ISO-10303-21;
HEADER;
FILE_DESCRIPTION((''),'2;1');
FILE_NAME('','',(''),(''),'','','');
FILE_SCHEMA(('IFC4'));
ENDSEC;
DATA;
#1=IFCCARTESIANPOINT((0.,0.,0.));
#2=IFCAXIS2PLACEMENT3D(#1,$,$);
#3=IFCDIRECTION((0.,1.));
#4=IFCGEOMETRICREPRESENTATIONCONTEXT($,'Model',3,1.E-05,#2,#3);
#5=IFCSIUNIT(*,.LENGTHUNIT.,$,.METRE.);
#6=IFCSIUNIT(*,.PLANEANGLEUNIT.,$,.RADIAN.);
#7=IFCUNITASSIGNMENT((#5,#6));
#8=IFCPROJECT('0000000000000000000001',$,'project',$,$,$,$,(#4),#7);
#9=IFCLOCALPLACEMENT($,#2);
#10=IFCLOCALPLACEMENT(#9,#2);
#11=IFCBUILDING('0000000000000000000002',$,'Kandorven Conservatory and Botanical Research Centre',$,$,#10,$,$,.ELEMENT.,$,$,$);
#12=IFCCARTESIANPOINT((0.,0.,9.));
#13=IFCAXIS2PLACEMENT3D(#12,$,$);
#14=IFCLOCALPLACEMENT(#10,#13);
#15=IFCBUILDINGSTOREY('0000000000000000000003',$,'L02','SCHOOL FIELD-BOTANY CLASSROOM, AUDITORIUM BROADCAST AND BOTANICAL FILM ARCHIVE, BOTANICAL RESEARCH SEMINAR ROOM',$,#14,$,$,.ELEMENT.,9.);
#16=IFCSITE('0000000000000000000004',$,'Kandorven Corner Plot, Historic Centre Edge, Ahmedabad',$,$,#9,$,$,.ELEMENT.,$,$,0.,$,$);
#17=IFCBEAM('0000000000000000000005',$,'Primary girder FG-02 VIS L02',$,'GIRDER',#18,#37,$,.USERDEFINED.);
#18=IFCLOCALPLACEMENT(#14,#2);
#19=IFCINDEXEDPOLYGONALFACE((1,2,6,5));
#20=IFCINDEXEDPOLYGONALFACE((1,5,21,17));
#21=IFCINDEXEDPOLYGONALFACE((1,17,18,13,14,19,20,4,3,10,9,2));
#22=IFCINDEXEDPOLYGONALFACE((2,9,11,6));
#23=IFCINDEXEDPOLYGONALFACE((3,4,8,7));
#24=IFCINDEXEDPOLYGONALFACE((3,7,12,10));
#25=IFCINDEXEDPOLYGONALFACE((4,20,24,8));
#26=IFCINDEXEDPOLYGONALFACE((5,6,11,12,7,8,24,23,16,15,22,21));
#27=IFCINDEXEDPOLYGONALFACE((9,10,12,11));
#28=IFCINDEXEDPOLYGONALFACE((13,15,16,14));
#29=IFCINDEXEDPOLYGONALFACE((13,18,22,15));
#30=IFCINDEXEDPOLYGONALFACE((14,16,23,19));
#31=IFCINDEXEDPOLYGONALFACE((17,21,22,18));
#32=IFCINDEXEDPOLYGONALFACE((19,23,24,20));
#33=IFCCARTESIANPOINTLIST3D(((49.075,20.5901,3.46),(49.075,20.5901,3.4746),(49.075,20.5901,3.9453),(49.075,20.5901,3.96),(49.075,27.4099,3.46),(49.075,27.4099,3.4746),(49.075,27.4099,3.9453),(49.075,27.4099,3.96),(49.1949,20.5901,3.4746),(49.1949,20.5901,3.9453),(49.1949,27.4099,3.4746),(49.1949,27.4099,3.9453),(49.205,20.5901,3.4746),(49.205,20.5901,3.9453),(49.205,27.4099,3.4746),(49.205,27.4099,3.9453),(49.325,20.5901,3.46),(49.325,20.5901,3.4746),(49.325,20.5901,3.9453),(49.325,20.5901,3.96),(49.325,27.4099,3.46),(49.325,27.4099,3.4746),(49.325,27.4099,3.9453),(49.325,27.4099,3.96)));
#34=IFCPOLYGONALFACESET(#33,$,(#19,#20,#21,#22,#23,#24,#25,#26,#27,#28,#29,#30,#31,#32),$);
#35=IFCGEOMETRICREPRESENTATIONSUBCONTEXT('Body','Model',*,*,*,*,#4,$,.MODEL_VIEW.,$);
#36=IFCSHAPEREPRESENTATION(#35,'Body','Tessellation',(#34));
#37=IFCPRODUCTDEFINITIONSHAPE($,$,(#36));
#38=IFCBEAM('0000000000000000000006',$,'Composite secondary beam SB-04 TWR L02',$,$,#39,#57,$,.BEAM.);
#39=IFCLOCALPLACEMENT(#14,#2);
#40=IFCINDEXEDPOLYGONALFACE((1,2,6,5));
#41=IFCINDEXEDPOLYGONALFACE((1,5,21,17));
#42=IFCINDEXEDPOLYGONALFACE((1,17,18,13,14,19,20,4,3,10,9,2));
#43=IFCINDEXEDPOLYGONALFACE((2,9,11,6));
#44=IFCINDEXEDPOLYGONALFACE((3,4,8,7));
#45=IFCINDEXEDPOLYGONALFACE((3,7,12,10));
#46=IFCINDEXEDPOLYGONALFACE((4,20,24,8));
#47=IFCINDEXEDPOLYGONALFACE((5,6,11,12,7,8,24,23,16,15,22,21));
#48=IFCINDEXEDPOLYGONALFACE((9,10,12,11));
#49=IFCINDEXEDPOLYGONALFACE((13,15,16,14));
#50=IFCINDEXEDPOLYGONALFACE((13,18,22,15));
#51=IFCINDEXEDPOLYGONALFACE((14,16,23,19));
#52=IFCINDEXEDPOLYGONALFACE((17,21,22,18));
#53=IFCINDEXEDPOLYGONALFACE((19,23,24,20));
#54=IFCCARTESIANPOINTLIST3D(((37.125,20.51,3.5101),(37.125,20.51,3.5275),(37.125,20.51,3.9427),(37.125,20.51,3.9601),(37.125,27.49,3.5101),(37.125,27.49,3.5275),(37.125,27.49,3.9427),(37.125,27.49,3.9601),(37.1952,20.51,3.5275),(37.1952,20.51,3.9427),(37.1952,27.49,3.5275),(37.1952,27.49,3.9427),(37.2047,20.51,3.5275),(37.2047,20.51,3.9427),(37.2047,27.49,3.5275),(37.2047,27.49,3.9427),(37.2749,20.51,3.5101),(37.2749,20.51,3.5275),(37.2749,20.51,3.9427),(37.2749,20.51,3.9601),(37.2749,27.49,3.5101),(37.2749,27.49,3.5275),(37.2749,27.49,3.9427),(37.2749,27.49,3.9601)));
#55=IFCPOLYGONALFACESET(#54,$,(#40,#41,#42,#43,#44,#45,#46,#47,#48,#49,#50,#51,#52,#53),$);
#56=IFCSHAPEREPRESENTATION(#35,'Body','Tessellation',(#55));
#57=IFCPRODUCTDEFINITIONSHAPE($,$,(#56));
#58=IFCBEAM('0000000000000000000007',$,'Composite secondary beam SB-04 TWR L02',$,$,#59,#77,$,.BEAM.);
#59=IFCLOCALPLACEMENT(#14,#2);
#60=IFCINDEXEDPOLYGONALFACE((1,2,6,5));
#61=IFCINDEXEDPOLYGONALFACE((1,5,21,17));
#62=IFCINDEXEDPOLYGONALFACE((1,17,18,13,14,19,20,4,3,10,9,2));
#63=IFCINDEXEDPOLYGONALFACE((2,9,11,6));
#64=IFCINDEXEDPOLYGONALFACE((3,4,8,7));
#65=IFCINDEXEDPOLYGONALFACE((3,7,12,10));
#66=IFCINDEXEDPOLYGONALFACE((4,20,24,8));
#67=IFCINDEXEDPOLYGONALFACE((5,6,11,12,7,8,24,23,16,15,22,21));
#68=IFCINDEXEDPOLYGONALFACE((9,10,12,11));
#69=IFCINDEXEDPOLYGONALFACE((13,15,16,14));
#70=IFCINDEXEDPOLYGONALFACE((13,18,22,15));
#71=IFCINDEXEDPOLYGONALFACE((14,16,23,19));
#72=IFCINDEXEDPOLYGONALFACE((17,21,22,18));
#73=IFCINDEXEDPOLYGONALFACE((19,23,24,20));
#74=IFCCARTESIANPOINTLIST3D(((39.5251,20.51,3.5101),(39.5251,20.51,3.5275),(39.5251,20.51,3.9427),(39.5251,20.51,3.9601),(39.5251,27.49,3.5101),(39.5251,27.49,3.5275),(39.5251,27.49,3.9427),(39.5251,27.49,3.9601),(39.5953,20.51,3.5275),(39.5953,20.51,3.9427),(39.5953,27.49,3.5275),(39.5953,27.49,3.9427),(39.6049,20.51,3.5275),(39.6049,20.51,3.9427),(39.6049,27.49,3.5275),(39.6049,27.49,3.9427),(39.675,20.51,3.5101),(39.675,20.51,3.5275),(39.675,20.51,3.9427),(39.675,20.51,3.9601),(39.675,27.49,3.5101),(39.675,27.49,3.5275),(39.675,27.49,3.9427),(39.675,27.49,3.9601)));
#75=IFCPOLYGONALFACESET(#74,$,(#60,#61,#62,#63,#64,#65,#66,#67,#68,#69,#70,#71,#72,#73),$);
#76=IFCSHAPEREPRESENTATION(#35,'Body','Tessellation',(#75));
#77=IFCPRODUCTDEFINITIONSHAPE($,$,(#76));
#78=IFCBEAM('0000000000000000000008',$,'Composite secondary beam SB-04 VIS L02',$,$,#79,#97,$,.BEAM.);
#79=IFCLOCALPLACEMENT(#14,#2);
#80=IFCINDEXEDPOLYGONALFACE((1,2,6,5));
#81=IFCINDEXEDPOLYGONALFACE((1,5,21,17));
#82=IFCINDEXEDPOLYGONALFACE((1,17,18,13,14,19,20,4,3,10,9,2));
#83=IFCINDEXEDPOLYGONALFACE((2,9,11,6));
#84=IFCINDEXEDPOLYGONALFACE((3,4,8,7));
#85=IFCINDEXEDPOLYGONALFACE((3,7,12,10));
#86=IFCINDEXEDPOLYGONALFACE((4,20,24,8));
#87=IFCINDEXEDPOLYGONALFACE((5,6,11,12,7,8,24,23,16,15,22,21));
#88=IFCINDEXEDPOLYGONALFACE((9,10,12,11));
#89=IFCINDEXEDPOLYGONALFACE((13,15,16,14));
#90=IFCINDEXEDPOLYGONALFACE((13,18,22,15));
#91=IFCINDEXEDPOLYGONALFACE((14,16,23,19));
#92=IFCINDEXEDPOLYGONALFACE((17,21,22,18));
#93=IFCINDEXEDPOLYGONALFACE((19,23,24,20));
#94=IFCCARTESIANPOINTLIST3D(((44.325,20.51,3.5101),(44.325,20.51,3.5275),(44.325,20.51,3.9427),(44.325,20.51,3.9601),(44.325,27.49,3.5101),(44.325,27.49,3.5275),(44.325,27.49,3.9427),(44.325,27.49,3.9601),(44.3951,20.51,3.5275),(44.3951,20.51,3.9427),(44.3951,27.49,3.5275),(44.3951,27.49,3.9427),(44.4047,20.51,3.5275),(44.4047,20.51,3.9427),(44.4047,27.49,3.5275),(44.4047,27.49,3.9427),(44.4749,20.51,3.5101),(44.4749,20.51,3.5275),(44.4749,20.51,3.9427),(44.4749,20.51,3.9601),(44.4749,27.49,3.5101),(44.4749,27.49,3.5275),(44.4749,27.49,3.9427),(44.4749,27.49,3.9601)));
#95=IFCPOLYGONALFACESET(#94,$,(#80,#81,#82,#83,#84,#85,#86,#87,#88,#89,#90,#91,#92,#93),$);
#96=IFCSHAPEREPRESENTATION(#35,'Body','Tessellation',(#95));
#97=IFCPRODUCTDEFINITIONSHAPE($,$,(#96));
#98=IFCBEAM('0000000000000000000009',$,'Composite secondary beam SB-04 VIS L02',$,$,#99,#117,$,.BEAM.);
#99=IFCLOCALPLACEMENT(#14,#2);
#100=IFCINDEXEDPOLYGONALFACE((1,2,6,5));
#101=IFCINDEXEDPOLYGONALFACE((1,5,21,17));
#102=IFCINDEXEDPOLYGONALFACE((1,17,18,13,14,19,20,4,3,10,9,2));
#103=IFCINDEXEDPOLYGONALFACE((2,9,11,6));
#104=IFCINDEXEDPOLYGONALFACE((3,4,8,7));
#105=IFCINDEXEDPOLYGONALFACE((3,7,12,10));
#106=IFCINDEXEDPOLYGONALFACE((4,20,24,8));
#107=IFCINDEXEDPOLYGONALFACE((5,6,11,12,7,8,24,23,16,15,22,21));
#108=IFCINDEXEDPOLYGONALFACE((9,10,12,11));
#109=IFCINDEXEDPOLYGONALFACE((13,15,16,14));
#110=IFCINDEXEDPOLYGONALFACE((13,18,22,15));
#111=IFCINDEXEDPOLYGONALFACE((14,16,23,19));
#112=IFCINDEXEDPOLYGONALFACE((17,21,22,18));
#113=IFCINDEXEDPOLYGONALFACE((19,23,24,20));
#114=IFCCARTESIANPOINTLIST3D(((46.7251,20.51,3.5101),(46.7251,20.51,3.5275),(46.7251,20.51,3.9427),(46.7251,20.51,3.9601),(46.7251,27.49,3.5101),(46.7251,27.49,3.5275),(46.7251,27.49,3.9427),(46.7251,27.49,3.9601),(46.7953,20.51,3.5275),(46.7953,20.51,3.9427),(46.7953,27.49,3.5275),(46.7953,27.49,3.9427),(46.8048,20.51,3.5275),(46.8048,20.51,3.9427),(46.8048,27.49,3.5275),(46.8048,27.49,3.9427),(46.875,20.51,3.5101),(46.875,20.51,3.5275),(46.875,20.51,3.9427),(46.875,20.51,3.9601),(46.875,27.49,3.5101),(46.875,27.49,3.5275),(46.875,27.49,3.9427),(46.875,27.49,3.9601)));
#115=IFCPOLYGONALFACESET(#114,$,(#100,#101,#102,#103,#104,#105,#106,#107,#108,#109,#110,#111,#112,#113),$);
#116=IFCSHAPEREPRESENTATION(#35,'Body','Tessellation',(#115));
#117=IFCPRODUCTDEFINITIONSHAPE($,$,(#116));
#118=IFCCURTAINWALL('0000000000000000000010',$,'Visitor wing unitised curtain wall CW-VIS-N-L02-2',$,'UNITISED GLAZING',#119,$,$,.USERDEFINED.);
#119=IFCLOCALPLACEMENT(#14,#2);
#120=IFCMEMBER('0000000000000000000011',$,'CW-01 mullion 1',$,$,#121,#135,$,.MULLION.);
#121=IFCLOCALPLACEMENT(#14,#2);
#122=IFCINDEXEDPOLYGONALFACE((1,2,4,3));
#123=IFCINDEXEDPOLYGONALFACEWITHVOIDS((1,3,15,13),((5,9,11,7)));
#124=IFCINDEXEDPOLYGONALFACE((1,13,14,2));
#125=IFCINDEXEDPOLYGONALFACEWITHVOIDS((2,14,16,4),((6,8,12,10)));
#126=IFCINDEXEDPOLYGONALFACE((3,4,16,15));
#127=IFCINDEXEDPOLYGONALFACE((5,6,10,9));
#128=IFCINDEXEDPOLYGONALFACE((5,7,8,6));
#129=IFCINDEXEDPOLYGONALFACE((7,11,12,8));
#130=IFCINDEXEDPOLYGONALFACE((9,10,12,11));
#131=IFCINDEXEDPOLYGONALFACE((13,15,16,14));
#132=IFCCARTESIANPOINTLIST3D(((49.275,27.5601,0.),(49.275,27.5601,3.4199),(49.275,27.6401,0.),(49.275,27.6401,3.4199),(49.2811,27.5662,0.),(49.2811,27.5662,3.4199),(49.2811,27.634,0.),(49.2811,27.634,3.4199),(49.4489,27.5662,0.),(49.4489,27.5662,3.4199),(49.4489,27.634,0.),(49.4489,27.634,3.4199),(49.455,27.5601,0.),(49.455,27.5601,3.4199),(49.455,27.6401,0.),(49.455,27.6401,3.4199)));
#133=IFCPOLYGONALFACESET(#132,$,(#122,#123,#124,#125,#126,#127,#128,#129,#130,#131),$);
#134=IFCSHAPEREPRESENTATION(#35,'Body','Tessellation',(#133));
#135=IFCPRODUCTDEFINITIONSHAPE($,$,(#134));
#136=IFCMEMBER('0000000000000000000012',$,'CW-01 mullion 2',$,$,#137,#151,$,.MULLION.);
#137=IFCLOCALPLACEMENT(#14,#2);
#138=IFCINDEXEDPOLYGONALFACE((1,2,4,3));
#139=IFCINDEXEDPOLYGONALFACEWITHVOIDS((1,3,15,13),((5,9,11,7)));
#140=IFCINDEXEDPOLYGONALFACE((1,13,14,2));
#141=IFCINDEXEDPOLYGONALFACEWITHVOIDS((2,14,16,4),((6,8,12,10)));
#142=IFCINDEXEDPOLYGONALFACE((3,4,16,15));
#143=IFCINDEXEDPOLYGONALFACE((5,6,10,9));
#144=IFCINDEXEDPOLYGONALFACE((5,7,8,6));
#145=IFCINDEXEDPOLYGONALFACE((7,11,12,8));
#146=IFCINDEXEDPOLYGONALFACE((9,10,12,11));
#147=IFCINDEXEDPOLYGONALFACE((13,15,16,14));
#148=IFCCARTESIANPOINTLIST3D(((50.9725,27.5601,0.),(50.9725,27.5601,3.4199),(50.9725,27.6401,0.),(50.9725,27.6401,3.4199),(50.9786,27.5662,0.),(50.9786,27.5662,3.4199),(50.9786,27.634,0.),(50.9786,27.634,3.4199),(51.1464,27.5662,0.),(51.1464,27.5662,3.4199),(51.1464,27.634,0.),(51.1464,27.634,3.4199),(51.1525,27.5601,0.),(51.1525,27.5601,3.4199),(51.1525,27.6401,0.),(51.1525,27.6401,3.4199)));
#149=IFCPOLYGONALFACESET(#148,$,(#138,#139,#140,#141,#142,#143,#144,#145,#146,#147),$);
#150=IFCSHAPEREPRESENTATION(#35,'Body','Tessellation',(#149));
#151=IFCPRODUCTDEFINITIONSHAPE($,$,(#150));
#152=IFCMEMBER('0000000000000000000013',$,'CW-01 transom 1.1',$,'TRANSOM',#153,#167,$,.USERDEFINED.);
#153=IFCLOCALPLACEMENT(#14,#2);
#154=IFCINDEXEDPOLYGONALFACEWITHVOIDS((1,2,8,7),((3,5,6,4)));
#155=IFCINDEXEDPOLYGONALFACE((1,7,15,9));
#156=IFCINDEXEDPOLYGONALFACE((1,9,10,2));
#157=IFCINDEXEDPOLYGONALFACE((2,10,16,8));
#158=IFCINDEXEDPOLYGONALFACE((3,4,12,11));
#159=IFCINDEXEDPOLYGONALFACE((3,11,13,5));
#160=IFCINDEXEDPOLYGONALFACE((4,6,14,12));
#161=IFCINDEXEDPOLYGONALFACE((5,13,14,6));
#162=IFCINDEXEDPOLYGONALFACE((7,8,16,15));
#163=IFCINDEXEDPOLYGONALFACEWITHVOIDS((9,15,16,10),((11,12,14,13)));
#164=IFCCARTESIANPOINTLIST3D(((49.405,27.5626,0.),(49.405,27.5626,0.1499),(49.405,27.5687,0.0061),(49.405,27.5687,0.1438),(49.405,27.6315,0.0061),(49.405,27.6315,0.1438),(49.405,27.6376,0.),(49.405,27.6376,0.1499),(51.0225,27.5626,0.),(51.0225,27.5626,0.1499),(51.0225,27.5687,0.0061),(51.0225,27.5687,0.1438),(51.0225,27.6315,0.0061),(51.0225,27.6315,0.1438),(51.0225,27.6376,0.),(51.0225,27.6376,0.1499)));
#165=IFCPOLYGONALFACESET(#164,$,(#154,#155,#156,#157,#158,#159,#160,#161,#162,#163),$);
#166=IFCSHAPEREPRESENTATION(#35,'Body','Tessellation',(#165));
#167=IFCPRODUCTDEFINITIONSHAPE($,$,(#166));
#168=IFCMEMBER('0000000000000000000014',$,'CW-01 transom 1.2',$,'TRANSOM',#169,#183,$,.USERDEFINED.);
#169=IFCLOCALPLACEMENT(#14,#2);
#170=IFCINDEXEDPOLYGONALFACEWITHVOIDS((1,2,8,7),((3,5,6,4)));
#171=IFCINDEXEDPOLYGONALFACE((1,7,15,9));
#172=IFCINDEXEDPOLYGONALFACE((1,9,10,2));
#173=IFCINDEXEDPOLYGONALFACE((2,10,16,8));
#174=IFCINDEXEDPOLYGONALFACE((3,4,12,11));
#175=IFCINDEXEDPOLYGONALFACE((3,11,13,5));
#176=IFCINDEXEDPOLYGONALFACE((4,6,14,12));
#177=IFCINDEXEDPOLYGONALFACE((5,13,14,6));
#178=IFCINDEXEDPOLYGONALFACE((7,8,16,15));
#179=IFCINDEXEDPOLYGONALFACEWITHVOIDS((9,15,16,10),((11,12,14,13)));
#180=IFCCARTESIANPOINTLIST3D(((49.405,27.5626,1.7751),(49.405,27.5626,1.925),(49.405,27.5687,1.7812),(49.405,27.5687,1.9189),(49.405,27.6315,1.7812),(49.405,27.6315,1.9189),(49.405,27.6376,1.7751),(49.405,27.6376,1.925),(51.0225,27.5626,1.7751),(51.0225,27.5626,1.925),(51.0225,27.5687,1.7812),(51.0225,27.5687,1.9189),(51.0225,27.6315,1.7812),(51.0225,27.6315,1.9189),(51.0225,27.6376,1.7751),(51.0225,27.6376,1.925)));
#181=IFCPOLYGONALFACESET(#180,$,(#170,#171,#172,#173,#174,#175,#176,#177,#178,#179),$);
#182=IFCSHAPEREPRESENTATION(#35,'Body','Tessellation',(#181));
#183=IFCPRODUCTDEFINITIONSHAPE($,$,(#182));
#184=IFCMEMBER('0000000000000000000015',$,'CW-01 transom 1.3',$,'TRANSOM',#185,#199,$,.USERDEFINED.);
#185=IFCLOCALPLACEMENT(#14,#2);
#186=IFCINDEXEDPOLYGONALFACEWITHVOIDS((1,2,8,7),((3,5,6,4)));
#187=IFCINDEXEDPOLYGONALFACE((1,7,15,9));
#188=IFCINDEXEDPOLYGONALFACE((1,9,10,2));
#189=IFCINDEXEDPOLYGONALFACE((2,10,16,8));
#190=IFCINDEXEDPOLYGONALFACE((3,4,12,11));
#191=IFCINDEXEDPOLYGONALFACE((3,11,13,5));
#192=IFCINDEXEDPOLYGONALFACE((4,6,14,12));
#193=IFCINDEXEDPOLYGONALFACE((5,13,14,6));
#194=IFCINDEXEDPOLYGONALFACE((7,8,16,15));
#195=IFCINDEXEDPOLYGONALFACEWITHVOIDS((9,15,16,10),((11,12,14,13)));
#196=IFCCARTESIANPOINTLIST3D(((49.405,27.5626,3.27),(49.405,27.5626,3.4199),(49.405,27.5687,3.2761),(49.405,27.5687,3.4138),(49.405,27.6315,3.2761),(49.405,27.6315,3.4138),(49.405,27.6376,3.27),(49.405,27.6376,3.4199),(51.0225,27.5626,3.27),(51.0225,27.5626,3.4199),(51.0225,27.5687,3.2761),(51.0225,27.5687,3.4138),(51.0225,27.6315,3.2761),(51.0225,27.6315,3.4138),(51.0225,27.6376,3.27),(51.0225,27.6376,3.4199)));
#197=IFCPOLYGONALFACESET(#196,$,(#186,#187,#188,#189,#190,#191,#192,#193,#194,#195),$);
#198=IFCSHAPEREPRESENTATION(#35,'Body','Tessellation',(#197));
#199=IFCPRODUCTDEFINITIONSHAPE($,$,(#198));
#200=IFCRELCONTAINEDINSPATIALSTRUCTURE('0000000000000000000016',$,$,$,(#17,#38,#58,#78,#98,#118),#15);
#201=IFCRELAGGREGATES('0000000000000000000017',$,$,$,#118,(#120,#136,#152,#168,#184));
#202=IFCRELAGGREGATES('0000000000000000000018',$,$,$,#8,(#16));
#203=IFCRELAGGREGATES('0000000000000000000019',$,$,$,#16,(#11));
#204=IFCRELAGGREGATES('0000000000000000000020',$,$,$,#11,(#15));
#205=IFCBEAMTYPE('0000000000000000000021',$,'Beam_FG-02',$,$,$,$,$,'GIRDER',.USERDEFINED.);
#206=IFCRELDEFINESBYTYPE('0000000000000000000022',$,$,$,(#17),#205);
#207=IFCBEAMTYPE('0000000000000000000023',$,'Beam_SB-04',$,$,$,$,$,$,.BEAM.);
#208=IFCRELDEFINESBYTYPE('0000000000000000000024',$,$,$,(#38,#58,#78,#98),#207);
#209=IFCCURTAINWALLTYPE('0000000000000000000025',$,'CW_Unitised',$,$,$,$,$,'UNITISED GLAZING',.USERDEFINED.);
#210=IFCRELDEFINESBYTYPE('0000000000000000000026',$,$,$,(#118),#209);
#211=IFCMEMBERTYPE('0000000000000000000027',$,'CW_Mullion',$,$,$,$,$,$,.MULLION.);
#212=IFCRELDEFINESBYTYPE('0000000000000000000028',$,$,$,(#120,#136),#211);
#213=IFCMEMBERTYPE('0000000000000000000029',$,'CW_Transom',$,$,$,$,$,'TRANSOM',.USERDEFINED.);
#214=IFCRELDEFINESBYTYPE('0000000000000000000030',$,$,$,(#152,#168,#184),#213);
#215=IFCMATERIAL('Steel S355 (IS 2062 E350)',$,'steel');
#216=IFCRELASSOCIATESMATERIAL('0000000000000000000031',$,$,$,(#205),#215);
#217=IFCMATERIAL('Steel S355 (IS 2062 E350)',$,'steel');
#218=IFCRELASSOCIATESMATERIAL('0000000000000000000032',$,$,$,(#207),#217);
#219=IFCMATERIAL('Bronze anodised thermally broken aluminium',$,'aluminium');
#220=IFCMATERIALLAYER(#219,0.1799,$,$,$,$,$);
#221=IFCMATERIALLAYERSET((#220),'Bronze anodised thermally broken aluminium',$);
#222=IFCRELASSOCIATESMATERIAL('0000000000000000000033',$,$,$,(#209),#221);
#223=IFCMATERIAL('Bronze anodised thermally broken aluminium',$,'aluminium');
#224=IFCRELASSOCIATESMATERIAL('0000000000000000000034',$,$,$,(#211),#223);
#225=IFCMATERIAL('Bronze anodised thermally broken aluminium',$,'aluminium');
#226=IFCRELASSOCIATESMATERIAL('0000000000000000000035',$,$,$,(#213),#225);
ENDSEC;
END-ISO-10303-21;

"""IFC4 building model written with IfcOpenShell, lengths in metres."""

from ifc_helpers import new_model, si_unit, direction, frame, origin, origin_2d, place, context, subcontext, project, spatial, hollow_rectangle, i_section, extrude, material, layer, layer_set, material_profile, profile_set, type_object, element, aggregate, save


model = new_model("IFC4")

# Units and contexts
model_context = context("Model", 3, precision=1e-05, world=origin(), true_north=direction((0.0, 1.0)))
body_context = subcontext(model_context, "Body", "Model", "MODEL_VIEW")
ifc_project = project(units=[si_unit("LENGTHUNIT", "METRE"), si_unit("PLANEANGLEUNIT", "RADIAN")], contexts=[model_context])

# Site, building, storey
site_placement = place(None, origin())
site = spatial("IfcSite", under=ifc_project, at=site_placement, Name="Kandorven Corner Plot, Historic Centre Edge, Ahmedabad", CompositionType="ELEMENT", RefElevation=0.0)
building_placement = place(site_placement, origin())
building = spatial("IfcBuilding", under=site, at=building_placement, Name="Kandorven Conservatory and Botanical Research Centre", CompositionType="ELEMENT")
storey_placement = place(building_placement, frame((0.0, 0.0, 9.0)))
storey = spatial("IfcBuildingStorey", under=building, at=storey_placement, Name="L02", Description="SCHOOL FIELD-BOTANY CLASSROOM, AUDITORIUM BROADCAST AND BOTANICAL FILM ARCHIVE, BOTANICAL RESEARCH SEMINAR ROOM", CompositionType="ELEMENT", Elevation=9.0)

# Beams
ifc_material_1 = material(Name="Steel S355 (IS 2062 E350)", Category="steel")
ifc_material_profile_1 = material_profile(ifc_material_1, i_section(OverallWidth=0.25, OverallDepth=0.5, WebThickness=0.01, FlangeThickness=0.0146, at=origin_2d()))
ifc_profile_set_1 = profile_set([ifc_material_profile_1], Name="Steel S355 (IS 2062 E350)")
beam_type_1 = type_object("IfcBeamType", Name="Beam_FG-02", ElementType="GIRDER", PredefinedType="USERDEFINED", material=ifc_profile_set_1)
beam_1_placement = place(storey_placement, frame((49.2, 20.5901, 3.71), z_axis=(0.0, 1.0, 0.0), x_axis=(-1.0, 0.0, 0.0)))
element("IfcBeam", 1, at=beam_1_placement, inside=storey, type_object=beam_type_1, Name="Primary girder FG-02 VIS L02", ObjectType="GIRDER", PredefinedType="USERDEFINED", context=body_context, shape_type="SweptSolid", body=[
    extrude(i_section(OverallWidth=0.25, OverallDepth=0.5, WebThickness=0.01, FlangeThickness=0.0146, at=origin_2d()), origin(), (0.0, 0.0, 1.0), 6.8198),
])
ifc_material_2 = material(Name="Steel S355 (IS 2062 E350)", Category="steel")
ifc_material_profile_2 = material_profile(ifc_material_2, i_section(OverallWidth=0.1499, OverallDepth=0.45, WebThickness=0.0095, FlangeThickness=0.0173, at=origin_2d()))
ifc_profile_set_2 = profile_set([ifc_material_profile_2], Name="Steel S355 (IS 2062 E350)")
beam_type_2 = type_object("IfcBeamType", Name="Beam_SB-04", PredefinedType="BEAM", material=ifc_profile_set_2)
for number, where, z_axis, x_axis, name in (
    (2, (37.2, 20.51, 3.7351), (0.0, 1.0, 0.0), (-1.0, 0.0, 0.0), "Composite secondary beam SB-04 TWR L02"),
    (3, (39.6001, 20.51, 3.7351), (0.0, 1.0, 0.0), (-1.0, 0.0, 0.0), "Composite secondary beam SB-04 TWR L02"),
    (4, (44.3999, 20.51, 3.7351), (0.0, 1.0, 0.0), (-1.0, 0.0, 0.0), "Composite secondary beam SB-04 VIS L02"),
    (5, (46.8, 20.51, 3.7351), (0.0, 1.0, 0.0), (-1.0, 0.0, 0.0), "Composite secondary beam SB-04 VIS L02"),
):
    element("IfcBeam", number, at=place(storey_placement, frame(where, z_axis=z_axis, x_axis=x_axis)), inside=storey, type_object=beam_type_2, Name=name, PredefinedType="BEAM", context=body_context, shape_type="SweptSolid", body=[
        extrude(i_section(OverallWidth=0.1499, OverallDepth=0.45, WebThickness=0.0095, FlangeThickness=0.0173, at=origin_2d()), origin(), (0.0, 0.0, 1.0), 6.98),
    ])

# Curtain wall, members
ifc_material_3 = material(Name="Bronze anodised thermally broken aluminium", Category="aluminium")
ifc_layer_1 = layer(ifc_material_3, 0.1799)
ifc_layer_set_1 = layer_set([ifc_layer_1], Name="Bronze anodised thermally broken aluminium")
curtain_wall_type = type_object("IfcCurtainWallType", Name="CW_Unitised", ElementType="UNITISED GLAZING", PredefinedType="USERDEFINED", material=ifc_layer_set_1)
curtain_wall_placement = place(storey_placement, origin())
curtain_wall = element("IfcCurtainWall", 6, at=curtain_wall_placement, inside=storey, type_object=curtain_wall_type, Name="Visitor wing unitised curtain wall CW-VIS-N-L02-2", ObjectType="UNITISED GLAZING", PredefinedType="USERDEFINED")
ifc_material_4 = material(Name="Bronze anodised thermally broken aluminium", Category="aluminium")
ifc_material_profile_3 = material_profile(ifc_material_4, hollow_rectangle(XDim=0.0801, YDim=0.1799, WallThickness=0.0061, at=origin_2d()))
ifc_profile_set_3 = profile_set([ifc_material_profile_3], Name="Bronze anodised thermally broken aluminium")
member_type_1 = type_object("IfcMemberType", Name="CW_Mullion", PredefinedType="MULLION", material=ifc_profile_set_3)
member_1_placement = place(storey_placement, frame((49.365, 27.6001, 0.0), z_axis=(0.0, 0.0, 1.0), x_axis=(0.0, 1.0, 0.0)))
member_1 = element("IfcMember", 7, at=member_1_placement, type_object=member_type_1, Name="CW-01 mullion 1", PredefinedType="MULLION", context=body_context, shape_type="SweptSolid", body=[
    extrude(hollow_rectangle(XDim=0.0801, YDim=0.1799, WallThickness=0.0061, at=origin_2d()), origin(), (0.0, 0.0, 1.0), 3.4199),
])
member_2_placement = place(storey_placement, frame((51.0625, 27.6001, 0.0), z_axis=(0.0, 0.0, 1.0), x_axis=(0.0, 1.0, 0.0)))
member_2 = element("IfcMember", 8, at=member_2_placement, type_object=member_type_1, Name="CW-01 mullion 2", PredefinedType="MULLION", context=body_context, shape_type="SweptSolid", body=[
    extrude(hollow_rectangle(XDim=0.0801, YDim=0.1799, WallThickness=0.0061, at=origin_2d()), origin(), (0.0, 0.0, 1.0), 3.4199),
])
ifc_material_5 = material(Name="Bronze anodised thermally broken aluminium", Category="aluminium")
ifc_material_profile_4 = material_profile(ifc_material_5, hollow_rectangle(XDim=0.075, YDim=0.1499, WallThickness=0.0061, at=origin_2d()))
ifc_profile_set_4 = profile_set([ifc_material_profile_4], Name="Bronze anodised thermally broken aluminium")
member_type_2 = type_object("IfcMemberType", Name="CW_Transom", ElementType="TRANSOM", PredefinedType="USERDEFINED", material=ifc_profile_set_4)
member_3_placement = place(storey_placement, frame((49.405, 27.6001, 0.075), z_axis=(1.0, 0.0, 0.0), x_axis=(0.0, 1.0, 0.0)))
member_3 = element("IfcMember", 9, at=member_3_placement, type_object=member_type_2, Name="CW-01 transom 1.1", ObjectType="TRANSOM", PredefinedType="USERDEFINED", context=body_context, shape_type="SweptSolid", body=[
    extrude(hollow_rectangle(XDim=0.075, YDim=0.1499, WallThickness=0.0061, at=origin_2d()), origin(), (0.0, 0.0, 1.0), 1.6174),
])
member_4_placement = place(storey_placement, frame((49.405, 27.6001, 1.8501), z_axis=(1.0, 0.0, 0.0), x_axis=(0.0, 1.0, 0.0)))
member_4 = element("IfcMember", 10, at=member_4_placement, type_object=member_type_2, Name="CW-01 transom 1.2", ObjectType="TRANSOM", PredefinedType="USERDEFINED", context=body_context, shape_type="SweptSolid", body=[
    extrude(hollow_rectangle(XDim=0.075, YDim=0.1499, WallThickness=0.0061, at=origin_2d()), origin(), (0.0, 0.0, 1.0), 1.6174),
])
member_5_placement = place(storey_placement, frame((49.405, 27.6001, 3.345), z_axis=(1.0, 0.0, 0.0), x_axis=(0.0, 1.0, 0.0)))
member_5 = element("IfcMember", 11, at=member_5_placement, type_object=member_type_2, Name="CW-01 transom 1.3", ObjectType="TRANSOM", PredefinedType="USERDEFINED", context=body_context, shape_type="SweptSolid", body=[
    extrude(hollow_rectangle(XDim=0.075, YDim=0.1499, WallThickness=0.0061, at=origin_2d()), origin(), (0.0, 0.0, 1.0), 1.6174),
])
aggregate(curtain_wall, [member_1, member_2, member_3, member_4, member_5])

save(model, "model.ifc")
